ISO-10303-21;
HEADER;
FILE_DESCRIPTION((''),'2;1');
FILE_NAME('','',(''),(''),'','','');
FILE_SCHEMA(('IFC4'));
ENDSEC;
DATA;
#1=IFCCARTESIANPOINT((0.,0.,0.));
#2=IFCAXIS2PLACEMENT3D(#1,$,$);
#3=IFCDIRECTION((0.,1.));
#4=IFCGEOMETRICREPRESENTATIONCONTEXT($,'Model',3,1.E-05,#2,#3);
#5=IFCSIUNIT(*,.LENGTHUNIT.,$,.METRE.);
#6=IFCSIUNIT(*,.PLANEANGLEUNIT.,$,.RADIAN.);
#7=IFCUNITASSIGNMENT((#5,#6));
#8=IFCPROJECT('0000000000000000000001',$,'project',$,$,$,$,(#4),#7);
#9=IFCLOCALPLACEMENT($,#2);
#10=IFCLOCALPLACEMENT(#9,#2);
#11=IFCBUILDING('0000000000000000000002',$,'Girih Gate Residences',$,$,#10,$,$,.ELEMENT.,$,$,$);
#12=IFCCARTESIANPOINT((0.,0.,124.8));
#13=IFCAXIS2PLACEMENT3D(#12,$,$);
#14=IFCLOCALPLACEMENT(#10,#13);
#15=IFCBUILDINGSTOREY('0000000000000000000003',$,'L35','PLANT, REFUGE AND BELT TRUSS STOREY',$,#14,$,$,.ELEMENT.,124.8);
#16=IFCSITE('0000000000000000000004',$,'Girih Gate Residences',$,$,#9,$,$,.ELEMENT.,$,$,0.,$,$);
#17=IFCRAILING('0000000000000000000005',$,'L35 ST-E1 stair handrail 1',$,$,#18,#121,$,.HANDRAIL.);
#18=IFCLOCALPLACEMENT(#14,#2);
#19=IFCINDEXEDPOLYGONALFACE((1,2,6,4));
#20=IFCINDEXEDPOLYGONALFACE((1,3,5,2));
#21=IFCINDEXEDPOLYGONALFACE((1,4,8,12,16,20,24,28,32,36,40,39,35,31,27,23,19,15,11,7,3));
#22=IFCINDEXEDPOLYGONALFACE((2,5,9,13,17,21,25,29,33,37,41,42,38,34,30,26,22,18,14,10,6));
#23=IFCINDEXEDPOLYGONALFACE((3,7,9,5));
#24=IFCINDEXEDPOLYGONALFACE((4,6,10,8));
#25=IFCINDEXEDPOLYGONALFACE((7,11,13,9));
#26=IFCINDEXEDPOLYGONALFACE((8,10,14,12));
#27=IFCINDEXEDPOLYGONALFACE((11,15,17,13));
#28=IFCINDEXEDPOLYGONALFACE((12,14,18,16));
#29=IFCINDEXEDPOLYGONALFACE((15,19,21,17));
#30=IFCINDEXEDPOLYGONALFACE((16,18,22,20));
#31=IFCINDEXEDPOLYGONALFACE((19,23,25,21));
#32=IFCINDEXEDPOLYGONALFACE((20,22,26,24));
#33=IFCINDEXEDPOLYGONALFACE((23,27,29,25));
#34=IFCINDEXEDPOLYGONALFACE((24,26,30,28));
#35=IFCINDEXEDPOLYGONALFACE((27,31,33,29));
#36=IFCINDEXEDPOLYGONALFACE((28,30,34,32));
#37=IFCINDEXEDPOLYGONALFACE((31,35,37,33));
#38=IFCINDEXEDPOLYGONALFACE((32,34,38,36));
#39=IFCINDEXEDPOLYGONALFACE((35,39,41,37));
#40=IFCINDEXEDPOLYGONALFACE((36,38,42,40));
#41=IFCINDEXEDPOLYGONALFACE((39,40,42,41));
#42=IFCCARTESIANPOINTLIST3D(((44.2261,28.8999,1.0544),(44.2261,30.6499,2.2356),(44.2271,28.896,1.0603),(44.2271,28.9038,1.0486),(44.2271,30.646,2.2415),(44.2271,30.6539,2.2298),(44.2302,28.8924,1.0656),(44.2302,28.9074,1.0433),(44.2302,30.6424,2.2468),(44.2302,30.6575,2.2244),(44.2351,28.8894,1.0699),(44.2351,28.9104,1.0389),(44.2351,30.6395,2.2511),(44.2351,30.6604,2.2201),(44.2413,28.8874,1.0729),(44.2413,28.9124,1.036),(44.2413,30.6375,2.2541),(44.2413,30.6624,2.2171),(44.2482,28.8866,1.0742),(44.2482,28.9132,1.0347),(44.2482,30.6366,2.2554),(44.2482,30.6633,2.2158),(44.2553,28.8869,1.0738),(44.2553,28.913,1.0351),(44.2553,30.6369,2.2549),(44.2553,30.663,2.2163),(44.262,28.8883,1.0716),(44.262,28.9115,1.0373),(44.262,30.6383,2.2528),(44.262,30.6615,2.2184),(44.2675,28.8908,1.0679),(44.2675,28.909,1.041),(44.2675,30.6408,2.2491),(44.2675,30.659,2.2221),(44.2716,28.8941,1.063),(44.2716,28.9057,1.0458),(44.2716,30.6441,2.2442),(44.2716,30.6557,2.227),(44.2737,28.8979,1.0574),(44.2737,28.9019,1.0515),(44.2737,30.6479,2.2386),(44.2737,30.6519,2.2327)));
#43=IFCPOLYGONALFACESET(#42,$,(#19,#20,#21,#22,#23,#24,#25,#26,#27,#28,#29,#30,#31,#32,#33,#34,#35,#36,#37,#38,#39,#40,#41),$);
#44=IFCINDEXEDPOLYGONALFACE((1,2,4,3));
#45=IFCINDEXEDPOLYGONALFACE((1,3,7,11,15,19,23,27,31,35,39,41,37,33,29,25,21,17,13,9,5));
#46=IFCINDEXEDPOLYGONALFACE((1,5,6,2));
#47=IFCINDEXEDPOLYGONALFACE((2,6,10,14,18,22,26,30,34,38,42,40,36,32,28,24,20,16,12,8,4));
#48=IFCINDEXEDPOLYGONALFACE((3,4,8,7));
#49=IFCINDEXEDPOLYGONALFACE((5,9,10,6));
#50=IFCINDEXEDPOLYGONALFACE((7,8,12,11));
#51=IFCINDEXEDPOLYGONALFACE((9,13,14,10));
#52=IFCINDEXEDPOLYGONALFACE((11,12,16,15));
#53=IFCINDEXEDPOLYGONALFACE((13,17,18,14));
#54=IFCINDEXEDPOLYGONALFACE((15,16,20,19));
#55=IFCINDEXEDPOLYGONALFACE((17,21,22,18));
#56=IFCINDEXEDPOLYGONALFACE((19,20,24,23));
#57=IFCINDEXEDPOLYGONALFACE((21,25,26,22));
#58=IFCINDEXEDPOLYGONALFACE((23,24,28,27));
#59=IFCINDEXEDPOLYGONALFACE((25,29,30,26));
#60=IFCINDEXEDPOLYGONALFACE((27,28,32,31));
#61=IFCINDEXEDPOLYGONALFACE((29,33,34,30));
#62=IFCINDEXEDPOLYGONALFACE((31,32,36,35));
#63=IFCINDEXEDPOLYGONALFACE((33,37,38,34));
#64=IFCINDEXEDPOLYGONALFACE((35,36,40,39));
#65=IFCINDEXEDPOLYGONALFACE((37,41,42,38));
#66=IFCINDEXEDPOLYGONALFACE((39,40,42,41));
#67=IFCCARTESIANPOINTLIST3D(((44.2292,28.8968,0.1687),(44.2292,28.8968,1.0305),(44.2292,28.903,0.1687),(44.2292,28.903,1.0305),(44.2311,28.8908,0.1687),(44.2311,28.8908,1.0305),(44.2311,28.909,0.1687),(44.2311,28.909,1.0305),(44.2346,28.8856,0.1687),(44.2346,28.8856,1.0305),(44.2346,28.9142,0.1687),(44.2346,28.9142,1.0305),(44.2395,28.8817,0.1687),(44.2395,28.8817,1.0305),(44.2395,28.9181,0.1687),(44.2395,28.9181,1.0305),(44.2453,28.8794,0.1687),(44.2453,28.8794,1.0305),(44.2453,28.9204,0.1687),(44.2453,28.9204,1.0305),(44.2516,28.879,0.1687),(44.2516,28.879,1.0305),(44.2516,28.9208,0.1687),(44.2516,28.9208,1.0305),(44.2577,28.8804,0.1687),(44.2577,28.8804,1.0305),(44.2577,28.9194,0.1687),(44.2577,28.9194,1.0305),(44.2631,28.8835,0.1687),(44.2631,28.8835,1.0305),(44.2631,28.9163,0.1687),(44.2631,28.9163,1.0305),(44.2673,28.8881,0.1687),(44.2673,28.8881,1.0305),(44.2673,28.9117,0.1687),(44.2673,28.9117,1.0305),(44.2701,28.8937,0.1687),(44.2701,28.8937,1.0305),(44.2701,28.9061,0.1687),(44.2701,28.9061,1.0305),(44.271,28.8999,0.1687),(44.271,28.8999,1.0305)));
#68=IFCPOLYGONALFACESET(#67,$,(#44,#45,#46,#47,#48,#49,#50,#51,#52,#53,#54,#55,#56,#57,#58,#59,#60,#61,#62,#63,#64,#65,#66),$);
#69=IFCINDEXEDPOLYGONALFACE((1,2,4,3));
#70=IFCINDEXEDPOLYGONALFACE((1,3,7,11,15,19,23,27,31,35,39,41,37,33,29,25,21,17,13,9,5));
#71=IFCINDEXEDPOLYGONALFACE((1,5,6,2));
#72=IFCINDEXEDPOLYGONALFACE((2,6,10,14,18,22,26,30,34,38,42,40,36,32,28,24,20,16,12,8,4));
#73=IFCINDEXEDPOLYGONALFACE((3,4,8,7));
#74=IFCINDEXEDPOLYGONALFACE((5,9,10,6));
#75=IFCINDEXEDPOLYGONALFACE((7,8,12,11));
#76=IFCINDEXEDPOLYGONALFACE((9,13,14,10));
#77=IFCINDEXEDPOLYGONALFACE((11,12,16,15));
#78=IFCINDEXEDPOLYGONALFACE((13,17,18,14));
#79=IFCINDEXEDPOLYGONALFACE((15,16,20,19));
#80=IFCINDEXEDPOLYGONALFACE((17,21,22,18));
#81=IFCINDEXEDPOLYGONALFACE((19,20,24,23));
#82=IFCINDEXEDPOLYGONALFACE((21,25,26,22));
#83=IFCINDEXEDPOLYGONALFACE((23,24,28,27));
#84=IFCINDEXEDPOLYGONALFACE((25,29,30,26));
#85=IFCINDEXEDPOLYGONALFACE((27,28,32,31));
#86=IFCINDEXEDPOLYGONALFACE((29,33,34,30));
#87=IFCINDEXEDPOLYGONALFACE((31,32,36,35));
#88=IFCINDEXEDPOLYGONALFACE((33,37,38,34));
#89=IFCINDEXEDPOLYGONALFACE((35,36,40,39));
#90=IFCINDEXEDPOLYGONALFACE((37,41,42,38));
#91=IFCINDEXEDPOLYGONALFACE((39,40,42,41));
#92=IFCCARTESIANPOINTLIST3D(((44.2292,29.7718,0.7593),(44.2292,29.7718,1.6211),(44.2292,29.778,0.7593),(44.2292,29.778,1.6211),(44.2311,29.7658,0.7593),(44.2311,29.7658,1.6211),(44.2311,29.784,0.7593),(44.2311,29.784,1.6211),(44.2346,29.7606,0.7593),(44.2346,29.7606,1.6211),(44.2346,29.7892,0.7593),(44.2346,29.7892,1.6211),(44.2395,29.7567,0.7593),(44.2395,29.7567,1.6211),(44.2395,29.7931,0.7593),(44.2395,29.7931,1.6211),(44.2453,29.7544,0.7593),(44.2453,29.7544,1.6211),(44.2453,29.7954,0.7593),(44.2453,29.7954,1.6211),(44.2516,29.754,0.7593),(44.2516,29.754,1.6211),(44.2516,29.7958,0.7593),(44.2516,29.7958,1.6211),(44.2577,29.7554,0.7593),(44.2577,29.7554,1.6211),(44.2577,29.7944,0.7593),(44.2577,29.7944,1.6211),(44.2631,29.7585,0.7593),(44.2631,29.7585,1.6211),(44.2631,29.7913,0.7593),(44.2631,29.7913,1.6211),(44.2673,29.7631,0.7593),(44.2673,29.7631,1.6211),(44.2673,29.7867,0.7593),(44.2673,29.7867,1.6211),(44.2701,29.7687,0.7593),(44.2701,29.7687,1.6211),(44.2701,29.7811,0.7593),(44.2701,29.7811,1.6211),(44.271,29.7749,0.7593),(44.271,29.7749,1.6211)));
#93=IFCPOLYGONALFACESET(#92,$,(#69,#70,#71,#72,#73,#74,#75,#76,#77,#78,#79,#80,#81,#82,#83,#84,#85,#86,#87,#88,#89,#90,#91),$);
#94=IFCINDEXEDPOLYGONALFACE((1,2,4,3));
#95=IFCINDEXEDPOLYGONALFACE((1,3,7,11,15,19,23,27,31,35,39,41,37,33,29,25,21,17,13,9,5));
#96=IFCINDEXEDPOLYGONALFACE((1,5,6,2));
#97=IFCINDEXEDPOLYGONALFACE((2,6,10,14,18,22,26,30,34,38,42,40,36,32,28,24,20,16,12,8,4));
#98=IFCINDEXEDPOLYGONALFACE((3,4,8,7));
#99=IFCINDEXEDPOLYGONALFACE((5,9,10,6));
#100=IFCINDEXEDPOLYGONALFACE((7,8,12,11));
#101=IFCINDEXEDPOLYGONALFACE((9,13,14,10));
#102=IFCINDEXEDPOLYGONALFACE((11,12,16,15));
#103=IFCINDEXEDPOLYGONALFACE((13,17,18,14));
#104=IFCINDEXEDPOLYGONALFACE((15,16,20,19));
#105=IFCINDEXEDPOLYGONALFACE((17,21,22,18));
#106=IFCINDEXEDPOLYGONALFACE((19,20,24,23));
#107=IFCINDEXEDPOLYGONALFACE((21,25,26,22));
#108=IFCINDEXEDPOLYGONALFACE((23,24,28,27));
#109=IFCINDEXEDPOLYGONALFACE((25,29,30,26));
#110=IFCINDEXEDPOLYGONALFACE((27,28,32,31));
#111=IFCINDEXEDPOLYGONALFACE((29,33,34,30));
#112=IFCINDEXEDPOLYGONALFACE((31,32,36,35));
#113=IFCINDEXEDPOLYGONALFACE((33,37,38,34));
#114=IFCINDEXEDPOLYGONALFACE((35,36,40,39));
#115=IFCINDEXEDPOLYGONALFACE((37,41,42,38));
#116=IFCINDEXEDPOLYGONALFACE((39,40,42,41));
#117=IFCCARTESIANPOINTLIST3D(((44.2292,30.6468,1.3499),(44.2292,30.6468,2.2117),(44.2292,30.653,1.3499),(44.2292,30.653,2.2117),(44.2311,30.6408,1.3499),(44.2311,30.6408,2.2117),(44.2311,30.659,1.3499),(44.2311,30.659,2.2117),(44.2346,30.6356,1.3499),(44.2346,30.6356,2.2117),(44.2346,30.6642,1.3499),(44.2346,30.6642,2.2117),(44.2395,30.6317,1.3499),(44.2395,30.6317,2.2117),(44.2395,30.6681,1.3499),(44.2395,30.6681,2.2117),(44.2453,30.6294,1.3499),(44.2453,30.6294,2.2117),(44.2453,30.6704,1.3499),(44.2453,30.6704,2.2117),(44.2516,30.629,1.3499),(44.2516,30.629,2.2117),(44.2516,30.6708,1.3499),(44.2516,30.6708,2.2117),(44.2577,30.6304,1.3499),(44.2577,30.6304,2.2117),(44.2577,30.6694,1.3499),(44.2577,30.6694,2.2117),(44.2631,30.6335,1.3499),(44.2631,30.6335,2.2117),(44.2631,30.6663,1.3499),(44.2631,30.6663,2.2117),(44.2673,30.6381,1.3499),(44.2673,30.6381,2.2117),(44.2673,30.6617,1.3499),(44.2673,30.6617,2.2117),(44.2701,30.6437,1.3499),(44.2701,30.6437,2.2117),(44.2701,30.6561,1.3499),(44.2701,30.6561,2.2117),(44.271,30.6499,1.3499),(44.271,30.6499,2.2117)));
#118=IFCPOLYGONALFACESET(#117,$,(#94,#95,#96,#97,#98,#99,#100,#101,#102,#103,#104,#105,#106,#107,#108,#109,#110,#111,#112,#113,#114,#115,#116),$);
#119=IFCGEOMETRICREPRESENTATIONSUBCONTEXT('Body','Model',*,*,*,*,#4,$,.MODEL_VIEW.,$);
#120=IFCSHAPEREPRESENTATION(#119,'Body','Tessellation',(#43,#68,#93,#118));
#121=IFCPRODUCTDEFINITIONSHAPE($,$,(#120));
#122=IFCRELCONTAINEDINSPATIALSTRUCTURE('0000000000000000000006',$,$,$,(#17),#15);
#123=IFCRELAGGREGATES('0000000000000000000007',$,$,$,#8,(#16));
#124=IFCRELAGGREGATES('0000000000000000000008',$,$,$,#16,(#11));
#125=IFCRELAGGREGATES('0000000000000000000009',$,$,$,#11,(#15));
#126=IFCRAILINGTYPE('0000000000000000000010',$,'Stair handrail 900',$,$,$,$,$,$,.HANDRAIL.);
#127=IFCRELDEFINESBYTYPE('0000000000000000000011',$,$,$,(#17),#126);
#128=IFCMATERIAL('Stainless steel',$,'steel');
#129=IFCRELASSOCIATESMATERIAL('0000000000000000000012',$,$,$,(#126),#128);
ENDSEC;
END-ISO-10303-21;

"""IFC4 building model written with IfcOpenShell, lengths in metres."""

from ifc_helpers import new_model, si_unit, direction, frame, origin, origin_2d, place, context, subcontext, project, spatial, circle, extrude, material, type_object, element, save


model = new_model("IFC4")

# Units and contexts
model_context = context("Model", 3, precision=1e-05, world=origin(), true_north=direction((0.0, 1.0)))
body_context = subcontext(model_context, "Body", "Model", "MODEL_VIEW")
ifc_project = project(units=[si_unit("LENGTHUNIT", "METRE"), si_unit("PLANEANGLEUNIT", "RADIAN")], contexts=[model_context])

# Site, building, storey
site_placement = place(None, origin())
site = spatial("IfcSite", under=ifc_project, at=site_placement, Name="Girih Gate Residences", CompositionType="ELEMENT", RefElevation=0.0)
building_placement = place(site_placement, origin())
building = spatial("IfcBuilding", under=site, at=building_placement, Name="Girih Gate Residences", CompositionType="ELEMENT")
storey_placement = place(building_placement, frame((0.0, 0.0, 124.8)))
storey = spatial("IfcBuildingStorey", under=building, at=storey_placement, Name="L35", Description="PLANT, REFUGE AND BELT TRUSS STOREY", CompositionType="ELEMENT", Elevation=124.8)

# Railing
ifc_material_1 = material(Name="Stainless steel", Category="steel")
railing_type_1 = type_object("IfcRailingType", Name="Stair handrail 900", PredefinedType="HANDRAIL", material=ifc_material_1)
railing_1_placement = place(storey_placement, frame((44.25, 28.8999, 0.1687)))
element("IfcRailing", 1, at=railing_1_placement, inside=storey, type_object=railing_type_1, Name="L35 ST-E1 stair handrail 1", PredefinedType="HANDRAIL", context=body_context, shape_type="SweptSolid", body=[
    extrude(circle(Radius=0.0239, at=origin_2d()), frame((0.0, 0.0, 0.8857), z_axis=(0.0, 0.82887, 0.559441), x_axis=(-1.0, 0.0, 0.0)), (0.0, 0.0, 1.0), 2.1113),
    extrude(circle(Radius=0.021, at=origin_2d()), origin(), (0.0, 0.0, 1.0), 0.8618),
    extrude(circle(Radius=0.021, at=origin_2d()), frame((0.0, 0.875, 0.5906)), (0.0, 0.0, 1.0), 0.8618),
    extrude(circle(Radius=0.021, at=origin_2d()), frame((0.0, 1.75, 1.1812)), (0.0, 0.0, 1.0), 0.8618),
])

save(model, "model.ifc")
